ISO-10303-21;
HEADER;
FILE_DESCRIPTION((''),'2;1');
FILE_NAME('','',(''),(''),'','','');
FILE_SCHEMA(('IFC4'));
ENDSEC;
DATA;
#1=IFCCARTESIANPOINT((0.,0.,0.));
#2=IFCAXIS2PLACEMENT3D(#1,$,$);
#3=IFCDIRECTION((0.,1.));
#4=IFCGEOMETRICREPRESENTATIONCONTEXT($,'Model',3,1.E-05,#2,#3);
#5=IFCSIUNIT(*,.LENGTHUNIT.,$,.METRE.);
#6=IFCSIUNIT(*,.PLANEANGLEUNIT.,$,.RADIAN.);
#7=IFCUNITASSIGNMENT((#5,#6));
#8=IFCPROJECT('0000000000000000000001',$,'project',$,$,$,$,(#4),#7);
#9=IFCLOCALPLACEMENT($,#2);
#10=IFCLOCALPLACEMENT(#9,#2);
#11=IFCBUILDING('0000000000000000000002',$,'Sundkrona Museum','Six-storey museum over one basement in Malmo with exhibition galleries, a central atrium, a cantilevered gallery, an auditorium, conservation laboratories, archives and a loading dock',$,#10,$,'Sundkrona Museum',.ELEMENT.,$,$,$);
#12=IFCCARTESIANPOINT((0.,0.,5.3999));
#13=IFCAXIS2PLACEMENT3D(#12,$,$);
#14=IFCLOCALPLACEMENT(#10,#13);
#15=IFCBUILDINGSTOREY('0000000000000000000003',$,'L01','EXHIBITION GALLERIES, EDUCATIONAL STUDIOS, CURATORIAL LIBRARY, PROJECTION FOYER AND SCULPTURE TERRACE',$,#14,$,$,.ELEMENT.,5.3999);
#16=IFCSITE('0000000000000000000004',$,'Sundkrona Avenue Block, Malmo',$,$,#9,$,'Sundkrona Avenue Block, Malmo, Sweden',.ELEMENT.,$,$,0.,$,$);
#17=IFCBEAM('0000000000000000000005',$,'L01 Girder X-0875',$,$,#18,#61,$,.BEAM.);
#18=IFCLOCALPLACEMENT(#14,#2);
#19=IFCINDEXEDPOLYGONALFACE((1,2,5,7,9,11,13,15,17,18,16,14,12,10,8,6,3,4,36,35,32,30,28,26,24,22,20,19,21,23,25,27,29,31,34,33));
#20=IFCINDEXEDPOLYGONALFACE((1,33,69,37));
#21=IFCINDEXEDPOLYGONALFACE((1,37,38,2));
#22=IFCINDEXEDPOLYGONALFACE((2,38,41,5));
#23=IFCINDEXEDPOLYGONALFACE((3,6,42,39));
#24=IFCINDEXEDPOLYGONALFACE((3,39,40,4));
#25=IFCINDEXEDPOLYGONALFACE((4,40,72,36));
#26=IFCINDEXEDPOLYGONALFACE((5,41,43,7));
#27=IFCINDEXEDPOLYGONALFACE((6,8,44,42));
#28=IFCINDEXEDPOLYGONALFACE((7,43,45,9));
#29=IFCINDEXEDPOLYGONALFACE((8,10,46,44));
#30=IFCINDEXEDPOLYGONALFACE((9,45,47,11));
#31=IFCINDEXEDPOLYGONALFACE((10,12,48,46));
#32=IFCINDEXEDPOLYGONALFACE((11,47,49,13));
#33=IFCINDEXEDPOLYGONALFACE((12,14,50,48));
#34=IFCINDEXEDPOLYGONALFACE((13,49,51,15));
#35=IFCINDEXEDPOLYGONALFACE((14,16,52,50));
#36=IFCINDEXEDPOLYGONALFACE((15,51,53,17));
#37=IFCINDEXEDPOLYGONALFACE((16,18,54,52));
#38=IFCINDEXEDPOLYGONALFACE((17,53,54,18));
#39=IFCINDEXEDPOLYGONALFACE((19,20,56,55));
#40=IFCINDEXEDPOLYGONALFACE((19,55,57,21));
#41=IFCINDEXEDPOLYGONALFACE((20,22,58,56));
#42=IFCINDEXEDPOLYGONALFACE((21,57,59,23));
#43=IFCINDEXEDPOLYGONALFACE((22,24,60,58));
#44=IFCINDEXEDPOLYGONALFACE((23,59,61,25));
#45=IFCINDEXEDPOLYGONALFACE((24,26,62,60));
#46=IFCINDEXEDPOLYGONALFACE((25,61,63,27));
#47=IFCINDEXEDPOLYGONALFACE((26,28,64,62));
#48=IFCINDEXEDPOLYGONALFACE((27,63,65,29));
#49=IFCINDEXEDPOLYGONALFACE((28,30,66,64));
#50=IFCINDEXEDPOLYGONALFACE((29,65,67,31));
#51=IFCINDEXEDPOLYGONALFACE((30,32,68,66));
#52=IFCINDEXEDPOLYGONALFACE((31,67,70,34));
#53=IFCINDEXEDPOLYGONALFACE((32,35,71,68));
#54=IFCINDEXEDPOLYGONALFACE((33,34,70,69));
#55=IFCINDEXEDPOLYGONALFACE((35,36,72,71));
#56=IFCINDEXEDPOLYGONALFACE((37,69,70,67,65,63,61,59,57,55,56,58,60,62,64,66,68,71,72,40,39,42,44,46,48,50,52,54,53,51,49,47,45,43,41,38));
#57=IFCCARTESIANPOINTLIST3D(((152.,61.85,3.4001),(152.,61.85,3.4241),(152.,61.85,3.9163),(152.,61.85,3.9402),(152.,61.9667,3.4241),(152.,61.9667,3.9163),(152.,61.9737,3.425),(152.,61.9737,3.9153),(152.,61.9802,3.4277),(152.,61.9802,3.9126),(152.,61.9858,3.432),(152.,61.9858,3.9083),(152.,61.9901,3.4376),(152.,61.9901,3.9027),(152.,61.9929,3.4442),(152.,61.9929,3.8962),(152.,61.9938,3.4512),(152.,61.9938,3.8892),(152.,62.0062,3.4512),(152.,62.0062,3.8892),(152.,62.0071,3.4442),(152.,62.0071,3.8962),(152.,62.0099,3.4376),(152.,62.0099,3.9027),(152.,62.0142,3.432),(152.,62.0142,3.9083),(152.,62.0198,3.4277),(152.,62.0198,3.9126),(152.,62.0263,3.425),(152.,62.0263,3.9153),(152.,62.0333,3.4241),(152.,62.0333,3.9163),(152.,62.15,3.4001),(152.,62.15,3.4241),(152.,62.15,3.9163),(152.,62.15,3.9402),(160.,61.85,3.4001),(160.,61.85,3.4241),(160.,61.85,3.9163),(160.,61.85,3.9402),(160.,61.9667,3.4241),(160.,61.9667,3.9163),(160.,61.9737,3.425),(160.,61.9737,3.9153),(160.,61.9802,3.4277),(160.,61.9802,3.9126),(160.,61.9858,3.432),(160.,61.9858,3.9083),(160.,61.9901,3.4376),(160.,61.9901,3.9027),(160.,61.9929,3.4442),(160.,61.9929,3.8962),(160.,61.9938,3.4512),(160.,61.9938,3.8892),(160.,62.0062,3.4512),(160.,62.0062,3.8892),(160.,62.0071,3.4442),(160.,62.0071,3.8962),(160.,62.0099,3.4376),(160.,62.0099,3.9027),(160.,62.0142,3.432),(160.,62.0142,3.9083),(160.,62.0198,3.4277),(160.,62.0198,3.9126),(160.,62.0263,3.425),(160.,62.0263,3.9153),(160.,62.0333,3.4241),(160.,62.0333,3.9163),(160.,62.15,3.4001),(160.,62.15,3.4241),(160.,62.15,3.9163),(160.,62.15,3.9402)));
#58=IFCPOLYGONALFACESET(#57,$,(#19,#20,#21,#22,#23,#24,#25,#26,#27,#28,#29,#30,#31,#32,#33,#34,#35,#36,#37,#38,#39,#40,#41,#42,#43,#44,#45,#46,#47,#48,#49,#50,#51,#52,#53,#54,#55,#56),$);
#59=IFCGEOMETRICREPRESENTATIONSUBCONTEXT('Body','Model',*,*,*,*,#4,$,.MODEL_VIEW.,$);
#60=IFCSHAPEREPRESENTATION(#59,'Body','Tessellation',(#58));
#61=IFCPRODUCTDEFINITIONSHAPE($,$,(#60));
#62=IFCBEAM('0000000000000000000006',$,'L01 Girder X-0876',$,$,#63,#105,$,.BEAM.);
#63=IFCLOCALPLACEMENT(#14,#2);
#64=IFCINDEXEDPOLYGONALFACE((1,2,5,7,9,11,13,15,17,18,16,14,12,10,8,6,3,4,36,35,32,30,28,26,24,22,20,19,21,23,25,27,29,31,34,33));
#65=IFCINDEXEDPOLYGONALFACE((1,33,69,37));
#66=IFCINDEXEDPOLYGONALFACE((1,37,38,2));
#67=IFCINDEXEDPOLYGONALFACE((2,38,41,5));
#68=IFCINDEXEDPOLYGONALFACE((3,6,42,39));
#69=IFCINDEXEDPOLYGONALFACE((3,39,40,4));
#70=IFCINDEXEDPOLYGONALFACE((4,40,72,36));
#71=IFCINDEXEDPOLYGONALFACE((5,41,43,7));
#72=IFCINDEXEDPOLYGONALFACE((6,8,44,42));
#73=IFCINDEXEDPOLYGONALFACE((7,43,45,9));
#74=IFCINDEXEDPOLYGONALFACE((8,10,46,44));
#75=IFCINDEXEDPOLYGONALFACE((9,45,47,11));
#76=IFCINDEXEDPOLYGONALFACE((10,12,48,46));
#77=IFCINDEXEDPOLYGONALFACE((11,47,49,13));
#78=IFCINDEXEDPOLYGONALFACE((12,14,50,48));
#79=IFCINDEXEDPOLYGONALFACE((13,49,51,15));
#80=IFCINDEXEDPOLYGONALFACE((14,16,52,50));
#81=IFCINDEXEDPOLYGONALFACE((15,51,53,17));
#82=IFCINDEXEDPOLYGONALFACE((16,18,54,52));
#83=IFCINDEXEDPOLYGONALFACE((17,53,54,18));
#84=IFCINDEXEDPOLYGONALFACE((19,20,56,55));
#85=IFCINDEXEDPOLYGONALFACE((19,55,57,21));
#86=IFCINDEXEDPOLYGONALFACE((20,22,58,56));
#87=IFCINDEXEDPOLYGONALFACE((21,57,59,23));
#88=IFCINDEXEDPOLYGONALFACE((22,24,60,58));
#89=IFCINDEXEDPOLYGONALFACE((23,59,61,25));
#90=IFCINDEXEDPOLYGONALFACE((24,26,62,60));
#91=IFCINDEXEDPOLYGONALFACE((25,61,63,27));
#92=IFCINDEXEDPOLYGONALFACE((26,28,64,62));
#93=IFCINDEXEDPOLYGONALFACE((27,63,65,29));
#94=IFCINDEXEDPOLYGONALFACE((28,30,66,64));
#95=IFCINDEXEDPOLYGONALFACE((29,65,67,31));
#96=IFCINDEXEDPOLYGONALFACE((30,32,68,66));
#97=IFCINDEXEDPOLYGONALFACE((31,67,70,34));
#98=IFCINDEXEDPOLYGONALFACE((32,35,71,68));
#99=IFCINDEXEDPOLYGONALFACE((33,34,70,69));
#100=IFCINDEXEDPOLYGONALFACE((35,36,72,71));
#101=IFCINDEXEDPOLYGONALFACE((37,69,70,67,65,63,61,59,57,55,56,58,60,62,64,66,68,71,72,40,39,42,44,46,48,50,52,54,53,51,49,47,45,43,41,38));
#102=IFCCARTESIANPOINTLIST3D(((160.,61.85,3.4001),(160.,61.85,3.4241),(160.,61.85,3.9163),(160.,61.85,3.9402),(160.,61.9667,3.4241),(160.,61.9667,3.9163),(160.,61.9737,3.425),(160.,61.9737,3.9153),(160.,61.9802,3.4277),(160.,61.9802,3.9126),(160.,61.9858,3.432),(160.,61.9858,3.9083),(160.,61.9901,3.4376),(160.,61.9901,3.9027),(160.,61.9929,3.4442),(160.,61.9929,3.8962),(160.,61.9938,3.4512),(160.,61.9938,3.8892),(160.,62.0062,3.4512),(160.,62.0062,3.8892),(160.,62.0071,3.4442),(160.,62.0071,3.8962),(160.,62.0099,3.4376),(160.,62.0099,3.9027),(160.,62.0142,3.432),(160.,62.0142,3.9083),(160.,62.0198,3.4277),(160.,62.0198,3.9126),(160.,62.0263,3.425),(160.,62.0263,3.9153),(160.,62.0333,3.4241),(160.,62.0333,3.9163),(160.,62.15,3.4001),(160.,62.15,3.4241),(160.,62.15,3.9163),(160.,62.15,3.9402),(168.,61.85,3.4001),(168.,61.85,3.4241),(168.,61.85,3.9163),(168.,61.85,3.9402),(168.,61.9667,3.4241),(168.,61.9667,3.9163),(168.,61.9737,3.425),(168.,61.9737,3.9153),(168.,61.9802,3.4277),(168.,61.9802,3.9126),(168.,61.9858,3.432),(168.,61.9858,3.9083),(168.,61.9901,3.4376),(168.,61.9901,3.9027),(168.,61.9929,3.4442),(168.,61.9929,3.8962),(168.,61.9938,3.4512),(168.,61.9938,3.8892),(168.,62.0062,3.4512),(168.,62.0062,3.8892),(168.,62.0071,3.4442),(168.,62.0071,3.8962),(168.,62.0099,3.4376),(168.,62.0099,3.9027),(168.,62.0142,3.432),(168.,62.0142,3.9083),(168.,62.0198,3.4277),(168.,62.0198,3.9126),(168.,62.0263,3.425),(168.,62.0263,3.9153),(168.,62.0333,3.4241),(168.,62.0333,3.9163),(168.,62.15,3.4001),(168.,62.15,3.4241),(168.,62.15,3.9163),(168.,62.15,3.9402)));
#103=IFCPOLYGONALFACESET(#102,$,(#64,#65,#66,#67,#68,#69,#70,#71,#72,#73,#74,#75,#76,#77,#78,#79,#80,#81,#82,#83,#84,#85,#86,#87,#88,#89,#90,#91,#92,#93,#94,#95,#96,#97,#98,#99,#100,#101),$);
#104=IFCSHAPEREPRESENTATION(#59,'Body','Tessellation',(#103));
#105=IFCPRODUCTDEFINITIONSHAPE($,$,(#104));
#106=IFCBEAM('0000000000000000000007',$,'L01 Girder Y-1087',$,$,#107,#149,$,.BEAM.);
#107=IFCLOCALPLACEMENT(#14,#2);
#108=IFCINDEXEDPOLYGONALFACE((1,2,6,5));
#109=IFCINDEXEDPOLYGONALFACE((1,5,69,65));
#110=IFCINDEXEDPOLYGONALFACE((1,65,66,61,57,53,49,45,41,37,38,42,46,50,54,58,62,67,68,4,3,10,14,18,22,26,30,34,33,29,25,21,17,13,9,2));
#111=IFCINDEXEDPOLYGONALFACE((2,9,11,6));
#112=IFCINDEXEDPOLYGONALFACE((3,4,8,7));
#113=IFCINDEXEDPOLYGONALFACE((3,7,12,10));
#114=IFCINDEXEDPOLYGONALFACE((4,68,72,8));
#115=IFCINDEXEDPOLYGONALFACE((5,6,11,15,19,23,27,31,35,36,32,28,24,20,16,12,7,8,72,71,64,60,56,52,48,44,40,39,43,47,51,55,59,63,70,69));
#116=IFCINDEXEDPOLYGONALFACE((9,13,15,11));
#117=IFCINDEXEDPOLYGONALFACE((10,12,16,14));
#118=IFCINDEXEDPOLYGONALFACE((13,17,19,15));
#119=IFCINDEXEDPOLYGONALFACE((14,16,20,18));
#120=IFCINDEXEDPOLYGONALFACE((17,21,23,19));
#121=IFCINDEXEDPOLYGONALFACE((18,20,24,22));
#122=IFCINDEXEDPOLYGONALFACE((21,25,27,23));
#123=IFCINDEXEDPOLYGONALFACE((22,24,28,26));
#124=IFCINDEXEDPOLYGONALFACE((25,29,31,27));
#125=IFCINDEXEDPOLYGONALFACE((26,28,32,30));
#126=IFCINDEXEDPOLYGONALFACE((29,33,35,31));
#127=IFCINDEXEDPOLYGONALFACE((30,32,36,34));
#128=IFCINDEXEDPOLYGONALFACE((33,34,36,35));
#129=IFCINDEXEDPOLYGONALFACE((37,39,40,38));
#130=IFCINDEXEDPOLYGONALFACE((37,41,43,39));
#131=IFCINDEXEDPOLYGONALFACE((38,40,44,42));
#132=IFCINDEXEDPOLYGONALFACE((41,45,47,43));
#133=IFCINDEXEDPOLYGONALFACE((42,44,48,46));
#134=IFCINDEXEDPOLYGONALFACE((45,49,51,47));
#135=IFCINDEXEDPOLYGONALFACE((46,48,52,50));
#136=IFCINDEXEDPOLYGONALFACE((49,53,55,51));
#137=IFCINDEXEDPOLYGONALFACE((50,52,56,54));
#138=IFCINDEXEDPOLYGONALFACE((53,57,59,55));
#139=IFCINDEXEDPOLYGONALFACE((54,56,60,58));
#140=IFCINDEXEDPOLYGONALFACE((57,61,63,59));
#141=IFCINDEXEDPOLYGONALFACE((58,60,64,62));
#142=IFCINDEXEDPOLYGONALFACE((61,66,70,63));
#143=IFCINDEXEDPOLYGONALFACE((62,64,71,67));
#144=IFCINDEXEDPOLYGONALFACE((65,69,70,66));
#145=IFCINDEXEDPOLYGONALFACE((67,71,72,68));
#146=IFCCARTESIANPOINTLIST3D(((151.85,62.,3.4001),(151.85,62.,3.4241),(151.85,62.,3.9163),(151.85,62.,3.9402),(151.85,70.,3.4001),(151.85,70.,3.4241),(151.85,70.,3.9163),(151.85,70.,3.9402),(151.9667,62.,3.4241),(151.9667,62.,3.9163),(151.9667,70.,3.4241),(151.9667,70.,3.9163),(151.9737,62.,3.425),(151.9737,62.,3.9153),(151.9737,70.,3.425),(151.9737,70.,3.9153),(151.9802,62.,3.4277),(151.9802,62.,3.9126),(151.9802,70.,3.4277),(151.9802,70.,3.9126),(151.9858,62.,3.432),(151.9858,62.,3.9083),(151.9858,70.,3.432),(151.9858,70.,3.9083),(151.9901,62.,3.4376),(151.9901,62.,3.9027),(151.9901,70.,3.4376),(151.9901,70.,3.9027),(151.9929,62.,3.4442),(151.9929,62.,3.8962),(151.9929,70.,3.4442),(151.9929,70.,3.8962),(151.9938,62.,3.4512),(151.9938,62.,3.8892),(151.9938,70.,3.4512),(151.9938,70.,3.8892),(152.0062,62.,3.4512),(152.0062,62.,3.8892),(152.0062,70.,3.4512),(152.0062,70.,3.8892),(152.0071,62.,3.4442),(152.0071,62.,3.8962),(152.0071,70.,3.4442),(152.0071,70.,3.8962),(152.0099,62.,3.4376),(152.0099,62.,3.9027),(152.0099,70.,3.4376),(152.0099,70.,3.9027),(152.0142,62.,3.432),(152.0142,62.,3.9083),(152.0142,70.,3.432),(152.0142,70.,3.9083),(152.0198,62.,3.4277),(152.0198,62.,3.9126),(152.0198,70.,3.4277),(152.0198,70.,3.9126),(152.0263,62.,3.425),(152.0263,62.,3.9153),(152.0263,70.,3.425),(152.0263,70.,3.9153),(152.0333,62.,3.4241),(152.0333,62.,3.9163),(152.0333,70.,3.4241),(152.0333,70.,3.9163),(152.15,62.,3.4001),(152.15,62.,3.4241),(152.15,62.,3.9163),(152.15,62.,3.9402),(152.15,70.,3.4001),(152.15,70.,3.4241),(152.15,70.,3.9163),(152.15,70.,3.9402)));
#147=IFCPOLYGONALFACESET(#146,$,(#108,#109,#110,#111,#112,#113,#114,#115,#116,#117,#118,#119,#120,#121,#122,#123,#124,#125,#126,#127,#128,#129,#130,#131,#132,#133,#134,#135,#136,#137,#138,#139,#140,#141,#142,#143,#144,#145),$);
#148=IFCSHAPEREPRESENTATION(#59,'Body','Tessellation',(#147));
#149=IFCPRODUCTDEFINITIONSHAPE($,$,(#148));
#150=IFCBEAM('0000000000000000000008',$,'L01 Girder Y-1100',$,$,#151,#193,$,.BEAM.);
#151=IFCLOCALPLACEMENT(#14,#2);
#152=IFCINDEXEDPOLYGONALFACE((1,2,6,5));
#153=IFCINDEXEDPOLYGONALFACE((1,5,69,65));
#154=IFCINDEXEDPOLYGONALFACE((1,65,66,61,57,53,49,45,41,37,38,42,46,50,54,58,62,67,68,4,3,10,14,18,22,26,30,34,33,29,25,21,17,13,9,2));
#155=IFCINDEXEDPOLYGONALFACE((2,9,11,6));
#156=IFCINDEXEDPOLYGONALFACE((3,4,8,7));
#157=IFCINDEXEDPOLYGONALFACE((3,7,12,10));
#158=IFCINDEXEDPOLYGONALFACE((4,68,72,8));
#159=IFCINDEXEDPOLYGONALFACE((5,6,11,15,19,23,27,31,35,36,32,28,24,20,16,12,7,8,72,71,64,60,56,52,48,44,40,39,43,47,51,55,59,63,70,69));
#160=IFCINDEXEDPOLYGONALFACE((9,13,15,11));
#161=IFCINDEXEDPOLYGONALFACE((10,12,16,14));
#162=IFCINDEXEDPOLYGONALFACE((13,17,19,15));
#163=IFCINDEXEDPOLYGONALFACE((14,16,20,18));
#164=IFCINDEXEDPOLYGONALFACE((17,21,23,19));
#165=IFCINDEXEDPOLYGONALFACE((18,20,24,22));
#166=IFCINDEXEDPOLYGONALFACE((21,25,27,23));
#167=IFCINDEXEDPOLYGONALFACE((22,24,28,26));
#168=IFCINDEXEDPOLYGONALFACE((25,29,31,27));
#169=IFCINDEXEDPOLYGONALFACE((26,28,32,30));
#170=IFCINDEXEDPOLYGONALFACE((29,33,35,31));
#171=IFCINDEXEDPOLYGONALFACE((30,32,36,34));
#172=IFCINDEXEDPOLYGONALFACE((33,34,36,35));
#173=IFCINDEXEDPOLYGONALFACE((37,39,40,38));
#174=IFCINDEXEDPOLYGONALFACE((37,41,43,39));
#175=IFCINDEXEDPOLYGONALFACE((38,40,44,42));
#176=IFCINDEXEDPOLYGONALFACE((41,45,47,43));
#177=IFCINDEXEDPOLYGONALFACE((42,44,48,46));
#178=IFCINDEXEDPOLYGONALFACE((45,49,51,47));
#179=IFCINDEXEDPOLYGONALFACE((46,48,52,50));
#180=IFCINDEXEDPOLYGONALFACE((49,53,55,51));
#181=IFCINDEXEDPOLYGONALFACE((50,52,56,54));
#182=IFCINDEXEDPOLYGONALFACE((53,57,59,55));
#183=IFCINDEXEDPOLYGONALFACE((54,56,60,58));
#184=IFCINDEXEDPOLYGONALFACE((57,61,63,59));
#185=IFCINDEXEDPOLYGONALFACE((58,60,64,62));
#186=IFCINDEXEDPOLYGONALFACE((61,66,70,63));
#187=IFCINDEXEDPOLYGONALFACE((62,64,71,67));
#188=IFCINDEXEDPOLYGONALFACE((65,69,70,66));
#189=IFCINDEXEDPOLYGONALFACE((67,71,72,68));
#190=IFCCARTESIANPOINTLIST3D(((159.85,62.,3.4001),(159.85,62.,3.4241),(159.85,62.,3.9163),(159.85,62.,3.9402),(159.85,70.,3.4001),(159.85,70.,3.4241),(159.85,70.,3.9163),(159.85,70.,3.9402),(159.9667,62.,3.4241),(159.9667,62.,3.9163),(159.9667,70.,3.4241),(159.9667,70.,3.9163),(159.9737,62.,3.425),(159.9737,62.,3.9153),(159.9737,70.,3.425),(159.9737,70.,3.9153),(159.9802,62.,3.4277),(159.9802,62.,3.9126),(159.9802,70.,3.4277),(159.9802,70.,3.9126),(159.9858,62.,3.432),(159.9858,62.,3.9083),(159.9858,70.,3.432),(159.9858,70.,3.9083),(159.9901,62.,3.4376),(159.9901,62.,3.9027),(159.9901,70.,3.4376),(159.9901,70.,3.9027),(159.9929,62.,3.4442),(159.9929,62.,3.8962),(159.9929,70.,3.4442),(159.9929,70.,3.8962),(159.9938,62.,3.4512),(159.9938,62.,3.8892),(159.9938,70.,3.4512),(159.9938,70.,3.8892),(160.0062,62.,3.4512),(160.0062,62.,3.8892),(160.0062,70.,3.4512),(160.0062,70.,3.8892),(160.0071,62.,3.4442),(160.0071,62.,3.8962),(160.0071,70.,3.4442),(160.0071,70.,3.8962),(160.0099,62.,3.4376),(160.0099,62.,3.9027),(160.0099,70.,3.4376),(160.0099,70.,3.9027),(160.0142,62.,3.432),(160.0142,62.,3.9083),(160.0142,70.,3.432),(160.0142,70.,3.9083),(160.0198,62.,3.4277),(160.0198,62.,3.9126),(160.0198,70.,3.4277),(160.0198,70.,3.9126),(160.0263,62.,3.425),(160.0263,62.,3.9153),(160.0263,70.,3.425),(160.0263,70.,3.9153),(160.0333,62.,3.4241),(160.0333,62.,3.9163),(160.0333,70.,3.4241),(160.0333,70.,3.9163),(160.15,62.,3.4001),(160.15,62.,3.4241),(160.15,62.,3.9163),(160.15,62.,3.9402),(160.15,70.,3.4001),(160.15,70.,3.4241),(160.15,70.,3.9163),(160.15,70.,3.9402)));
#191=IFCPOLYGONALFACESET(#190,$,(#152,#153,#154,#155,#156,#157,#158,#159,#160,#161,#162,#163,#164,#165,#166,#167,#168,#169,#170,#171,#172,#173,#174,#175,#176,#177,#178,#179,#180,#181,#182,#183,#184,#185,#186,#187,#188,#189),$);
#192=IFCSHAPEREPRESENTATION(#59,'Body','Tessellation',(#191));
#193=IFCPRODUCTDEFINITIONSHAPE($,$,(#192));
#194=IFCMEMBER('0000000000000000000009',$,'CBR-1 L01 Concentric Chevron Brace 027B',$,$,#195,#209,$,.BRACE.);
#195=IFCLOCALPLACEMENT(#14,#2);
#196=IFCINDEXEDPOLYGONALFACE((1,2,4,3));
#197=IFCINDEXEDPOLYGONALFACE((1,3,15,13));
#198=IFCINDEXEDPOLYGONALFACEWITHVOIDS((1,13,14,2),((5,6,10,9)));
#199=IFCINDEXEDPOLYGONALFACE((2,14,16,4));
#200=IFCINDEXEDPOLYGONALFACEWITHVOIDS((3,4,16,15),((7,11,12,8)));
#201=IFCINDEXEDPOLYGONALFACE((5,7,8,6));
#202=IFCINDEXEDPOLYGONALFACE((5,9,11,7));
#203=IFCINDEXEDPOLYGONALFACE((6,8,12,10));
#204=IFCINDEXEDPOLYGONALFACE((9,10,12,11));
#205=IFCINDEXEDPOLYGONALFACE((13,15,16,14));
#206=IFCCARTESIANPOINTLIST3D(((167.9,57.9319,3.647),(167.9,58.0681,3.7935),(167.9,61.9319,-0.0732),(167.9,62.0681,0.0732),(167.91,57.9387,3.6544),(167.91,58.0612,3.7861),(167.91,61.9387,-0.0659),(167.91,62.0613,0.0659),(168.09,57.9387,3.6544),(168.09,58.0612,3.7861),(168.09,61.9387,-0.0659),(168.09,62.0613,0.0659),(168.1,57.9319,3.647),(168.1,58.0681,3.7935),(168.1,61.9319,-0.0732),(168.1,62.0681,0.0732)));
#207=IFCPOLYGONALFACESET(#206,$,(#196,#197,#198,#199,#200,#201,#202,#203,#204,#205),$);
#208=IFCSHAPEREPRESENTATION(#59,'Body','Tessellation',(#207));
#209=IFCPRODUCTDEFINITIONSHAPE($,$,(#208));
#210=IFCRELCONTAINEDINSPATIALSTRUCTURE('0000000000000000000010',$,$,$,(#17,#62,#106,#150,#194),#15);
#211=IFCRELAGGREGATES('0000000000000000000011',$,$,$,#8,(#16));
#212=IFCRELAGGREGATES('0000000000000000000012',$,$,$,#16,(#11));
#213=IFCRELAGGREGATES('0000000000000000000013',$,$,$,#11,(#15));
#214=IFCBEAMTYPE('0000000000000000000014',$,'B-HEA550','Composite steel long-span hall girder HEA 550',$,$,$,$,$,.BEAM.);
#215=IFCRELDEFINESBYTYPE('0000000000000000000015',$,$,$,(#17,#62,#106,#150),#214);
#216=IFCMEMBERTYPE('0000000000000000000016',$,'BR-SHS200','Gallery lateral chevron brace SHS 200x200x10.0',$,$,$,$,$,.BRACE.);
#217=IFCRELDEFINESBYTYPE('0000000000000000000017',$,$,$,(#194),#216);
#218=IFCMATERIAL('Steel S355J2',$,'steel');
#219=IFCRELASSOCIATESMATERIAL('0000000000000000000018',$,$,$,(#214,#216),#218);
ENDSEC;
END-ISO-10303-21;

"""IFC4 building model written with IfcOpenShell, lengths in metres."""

from ifc_helpers import new_model, si_unit, direction, frame, origin, origin_2d, place, context, subcontext, project, spatial, hollow_rectangle, i_section, extrude, material, material_profile, profile_set, type_object, element, save


model = new_model("IFC4")

# Units and contexts
model_context = context("Model", 3, precision=1e-05, world=origin(), true_north=direction((0.0, 1.0)))
body_context = subcontext(model_context, "Body", "Model", "MODEL_VIEW")
ifc_project = project(units=[si_unit("LENGTHUNIT", "METRE"), si_unit("PLANEANGLEUNIT", "RADIAN")], contexts=[model_context])

# Site, building, storey
site_placement = place(None, origin())
site = spatial("IfcSite", under=ifc_project, at=site_placement, Name="Sundkrona Avenue Block, Malmo", LongName="Sundkrona Avenue Block, Malmo, Sweden", CompositionType="ELEMENT", RefElevation=0.0)
building_placement = place(site_placement, origin())
building = spatial("IfcBuilding", under=site, at=building_placement, Name="Sundkrona Museum", Description="Six-storey museum over one basement in Malmo with exhibition galleries, a central atrium, a cantilevered gallery, an auditorium, conservation laboratories, archives and a loading dock", LongName="Sundkrona Museum", CompositionType="ELEMENT")
storey_placement = place(building_placement, frame((0.0, 0.0, 5.3999)))
storey = spatial("IfcBuildingStorey", under=building, at=storey_placement, Name="L01", Description="EXHIBITION GALLERIES, EDUCATIONAL STUDIOS, CURATORIAL LIBRARY, PROJECTION FOYER AND SCULPTURE TERRACE", CompositionType="ELEMENT", Elevation=5.3999)

# Shared definitions
ifc_material_1 = material(Name="Steel S355J2", Category="steel")

# Beams
ifc_material_profile_1 = material_profile(ifc_material_1, i_section(OverallWidth=0.3, OverallDepth=0.54, WebThickness=0.0125, FlangeThickness=0.0239, FilletRadius=0.0271, at=origin_2d()), Name="HEA 550")
ifc_profile_set_1 = profile_set([ifc_material_profile_1], Name="Steel S355J2")
beam_type_1 = type_object("IfcBeamType", Name="B-HEA550", Description="Composite steel long-span hall girder HEA 550", PredefinedType="BEAM", material=ifc_profile_set_1)
for number, where, z_axis, x_axis, name in (
    (1, (152.0, 62.0, 3.6702), (1.0, 0.0, 0.0), (0.0, 1.0, 0.0), "L01 Girder X-0875"),
    (2, (160.0, 62.0, 3.6702), (1.0, 0.0, 0.0), (0.0, 1.0, 0.0), "L01 Girder X-0876"),
    (3, (152.0, 62.0, 3.6702), (0.0, 1.0, 0.0), (-1.0, 0.0, 0.0), "L01 Girder Y-1087"),
    (4, (160.0, 62.0, 3.6702), (0.0, 1.0, 0.0), (-1.0, 0.0, 0.0), "L01 Girder Y-1100"),
):
    element("IfcBeam", number, at=place(storey_placement, frame(where, z_axis=z_axis, x_axis=x_axis)), inside=storey, type_object=beam_type_1, Name=name, PredefinedType="BEAM", context=body_context, shape_type="SweptSolid", body=[
        extrude(i_section(OverallWidth=0.3, OverallDepth=0.54, WebThickness=0.0125, FlangeThickness=0.0239, FilletRadius=0.0271, at=origin_2d()), origin(), (0.0, 0.0, 1.0), 8.0),
    ])

# Member
ifc_material_profile_2 = material_profile(ifc_material_1, hollow_rectangle(XDim=0.2, YDim=0.2, WallThickness=0.01, at=origin_2d()), Name="SHS 200x200x10.0")
ifc_profile_set_2 = profile_set([ifc_material_profile_2], Name="Steel S355J2")
member_type = type_object("IfcMemberType", Name="BR-SHS200", Description="Gallery lateral chevron brace SHS 200x200x10.0", PredefinedType="BRACE", material=ifc_profile_set_2)
member_placement = place(storey_placement, frame((168.0, 62.0, 0.0), z_axis=(0.0, -0.732252, 0.681034), x_axis=(1.0, 0.0, 0.0)))
element("IfcMember", 5, at=member_placement, inside=storey, type_object=member_type, Name="CBR-1 L01 Concentric Chevron Brace 027B", PredefinedType="BRACE", context=body_context, shape_type="SweptSolid", body=[
    extrude(hollow_rectangle(XDim=0.2, YDim=0.2, WallThickness=0.01, at=origin_2d()), origin(), (0.0, 0.0, 1.0), 5.4626),
])

save(model, "model.ifc")
